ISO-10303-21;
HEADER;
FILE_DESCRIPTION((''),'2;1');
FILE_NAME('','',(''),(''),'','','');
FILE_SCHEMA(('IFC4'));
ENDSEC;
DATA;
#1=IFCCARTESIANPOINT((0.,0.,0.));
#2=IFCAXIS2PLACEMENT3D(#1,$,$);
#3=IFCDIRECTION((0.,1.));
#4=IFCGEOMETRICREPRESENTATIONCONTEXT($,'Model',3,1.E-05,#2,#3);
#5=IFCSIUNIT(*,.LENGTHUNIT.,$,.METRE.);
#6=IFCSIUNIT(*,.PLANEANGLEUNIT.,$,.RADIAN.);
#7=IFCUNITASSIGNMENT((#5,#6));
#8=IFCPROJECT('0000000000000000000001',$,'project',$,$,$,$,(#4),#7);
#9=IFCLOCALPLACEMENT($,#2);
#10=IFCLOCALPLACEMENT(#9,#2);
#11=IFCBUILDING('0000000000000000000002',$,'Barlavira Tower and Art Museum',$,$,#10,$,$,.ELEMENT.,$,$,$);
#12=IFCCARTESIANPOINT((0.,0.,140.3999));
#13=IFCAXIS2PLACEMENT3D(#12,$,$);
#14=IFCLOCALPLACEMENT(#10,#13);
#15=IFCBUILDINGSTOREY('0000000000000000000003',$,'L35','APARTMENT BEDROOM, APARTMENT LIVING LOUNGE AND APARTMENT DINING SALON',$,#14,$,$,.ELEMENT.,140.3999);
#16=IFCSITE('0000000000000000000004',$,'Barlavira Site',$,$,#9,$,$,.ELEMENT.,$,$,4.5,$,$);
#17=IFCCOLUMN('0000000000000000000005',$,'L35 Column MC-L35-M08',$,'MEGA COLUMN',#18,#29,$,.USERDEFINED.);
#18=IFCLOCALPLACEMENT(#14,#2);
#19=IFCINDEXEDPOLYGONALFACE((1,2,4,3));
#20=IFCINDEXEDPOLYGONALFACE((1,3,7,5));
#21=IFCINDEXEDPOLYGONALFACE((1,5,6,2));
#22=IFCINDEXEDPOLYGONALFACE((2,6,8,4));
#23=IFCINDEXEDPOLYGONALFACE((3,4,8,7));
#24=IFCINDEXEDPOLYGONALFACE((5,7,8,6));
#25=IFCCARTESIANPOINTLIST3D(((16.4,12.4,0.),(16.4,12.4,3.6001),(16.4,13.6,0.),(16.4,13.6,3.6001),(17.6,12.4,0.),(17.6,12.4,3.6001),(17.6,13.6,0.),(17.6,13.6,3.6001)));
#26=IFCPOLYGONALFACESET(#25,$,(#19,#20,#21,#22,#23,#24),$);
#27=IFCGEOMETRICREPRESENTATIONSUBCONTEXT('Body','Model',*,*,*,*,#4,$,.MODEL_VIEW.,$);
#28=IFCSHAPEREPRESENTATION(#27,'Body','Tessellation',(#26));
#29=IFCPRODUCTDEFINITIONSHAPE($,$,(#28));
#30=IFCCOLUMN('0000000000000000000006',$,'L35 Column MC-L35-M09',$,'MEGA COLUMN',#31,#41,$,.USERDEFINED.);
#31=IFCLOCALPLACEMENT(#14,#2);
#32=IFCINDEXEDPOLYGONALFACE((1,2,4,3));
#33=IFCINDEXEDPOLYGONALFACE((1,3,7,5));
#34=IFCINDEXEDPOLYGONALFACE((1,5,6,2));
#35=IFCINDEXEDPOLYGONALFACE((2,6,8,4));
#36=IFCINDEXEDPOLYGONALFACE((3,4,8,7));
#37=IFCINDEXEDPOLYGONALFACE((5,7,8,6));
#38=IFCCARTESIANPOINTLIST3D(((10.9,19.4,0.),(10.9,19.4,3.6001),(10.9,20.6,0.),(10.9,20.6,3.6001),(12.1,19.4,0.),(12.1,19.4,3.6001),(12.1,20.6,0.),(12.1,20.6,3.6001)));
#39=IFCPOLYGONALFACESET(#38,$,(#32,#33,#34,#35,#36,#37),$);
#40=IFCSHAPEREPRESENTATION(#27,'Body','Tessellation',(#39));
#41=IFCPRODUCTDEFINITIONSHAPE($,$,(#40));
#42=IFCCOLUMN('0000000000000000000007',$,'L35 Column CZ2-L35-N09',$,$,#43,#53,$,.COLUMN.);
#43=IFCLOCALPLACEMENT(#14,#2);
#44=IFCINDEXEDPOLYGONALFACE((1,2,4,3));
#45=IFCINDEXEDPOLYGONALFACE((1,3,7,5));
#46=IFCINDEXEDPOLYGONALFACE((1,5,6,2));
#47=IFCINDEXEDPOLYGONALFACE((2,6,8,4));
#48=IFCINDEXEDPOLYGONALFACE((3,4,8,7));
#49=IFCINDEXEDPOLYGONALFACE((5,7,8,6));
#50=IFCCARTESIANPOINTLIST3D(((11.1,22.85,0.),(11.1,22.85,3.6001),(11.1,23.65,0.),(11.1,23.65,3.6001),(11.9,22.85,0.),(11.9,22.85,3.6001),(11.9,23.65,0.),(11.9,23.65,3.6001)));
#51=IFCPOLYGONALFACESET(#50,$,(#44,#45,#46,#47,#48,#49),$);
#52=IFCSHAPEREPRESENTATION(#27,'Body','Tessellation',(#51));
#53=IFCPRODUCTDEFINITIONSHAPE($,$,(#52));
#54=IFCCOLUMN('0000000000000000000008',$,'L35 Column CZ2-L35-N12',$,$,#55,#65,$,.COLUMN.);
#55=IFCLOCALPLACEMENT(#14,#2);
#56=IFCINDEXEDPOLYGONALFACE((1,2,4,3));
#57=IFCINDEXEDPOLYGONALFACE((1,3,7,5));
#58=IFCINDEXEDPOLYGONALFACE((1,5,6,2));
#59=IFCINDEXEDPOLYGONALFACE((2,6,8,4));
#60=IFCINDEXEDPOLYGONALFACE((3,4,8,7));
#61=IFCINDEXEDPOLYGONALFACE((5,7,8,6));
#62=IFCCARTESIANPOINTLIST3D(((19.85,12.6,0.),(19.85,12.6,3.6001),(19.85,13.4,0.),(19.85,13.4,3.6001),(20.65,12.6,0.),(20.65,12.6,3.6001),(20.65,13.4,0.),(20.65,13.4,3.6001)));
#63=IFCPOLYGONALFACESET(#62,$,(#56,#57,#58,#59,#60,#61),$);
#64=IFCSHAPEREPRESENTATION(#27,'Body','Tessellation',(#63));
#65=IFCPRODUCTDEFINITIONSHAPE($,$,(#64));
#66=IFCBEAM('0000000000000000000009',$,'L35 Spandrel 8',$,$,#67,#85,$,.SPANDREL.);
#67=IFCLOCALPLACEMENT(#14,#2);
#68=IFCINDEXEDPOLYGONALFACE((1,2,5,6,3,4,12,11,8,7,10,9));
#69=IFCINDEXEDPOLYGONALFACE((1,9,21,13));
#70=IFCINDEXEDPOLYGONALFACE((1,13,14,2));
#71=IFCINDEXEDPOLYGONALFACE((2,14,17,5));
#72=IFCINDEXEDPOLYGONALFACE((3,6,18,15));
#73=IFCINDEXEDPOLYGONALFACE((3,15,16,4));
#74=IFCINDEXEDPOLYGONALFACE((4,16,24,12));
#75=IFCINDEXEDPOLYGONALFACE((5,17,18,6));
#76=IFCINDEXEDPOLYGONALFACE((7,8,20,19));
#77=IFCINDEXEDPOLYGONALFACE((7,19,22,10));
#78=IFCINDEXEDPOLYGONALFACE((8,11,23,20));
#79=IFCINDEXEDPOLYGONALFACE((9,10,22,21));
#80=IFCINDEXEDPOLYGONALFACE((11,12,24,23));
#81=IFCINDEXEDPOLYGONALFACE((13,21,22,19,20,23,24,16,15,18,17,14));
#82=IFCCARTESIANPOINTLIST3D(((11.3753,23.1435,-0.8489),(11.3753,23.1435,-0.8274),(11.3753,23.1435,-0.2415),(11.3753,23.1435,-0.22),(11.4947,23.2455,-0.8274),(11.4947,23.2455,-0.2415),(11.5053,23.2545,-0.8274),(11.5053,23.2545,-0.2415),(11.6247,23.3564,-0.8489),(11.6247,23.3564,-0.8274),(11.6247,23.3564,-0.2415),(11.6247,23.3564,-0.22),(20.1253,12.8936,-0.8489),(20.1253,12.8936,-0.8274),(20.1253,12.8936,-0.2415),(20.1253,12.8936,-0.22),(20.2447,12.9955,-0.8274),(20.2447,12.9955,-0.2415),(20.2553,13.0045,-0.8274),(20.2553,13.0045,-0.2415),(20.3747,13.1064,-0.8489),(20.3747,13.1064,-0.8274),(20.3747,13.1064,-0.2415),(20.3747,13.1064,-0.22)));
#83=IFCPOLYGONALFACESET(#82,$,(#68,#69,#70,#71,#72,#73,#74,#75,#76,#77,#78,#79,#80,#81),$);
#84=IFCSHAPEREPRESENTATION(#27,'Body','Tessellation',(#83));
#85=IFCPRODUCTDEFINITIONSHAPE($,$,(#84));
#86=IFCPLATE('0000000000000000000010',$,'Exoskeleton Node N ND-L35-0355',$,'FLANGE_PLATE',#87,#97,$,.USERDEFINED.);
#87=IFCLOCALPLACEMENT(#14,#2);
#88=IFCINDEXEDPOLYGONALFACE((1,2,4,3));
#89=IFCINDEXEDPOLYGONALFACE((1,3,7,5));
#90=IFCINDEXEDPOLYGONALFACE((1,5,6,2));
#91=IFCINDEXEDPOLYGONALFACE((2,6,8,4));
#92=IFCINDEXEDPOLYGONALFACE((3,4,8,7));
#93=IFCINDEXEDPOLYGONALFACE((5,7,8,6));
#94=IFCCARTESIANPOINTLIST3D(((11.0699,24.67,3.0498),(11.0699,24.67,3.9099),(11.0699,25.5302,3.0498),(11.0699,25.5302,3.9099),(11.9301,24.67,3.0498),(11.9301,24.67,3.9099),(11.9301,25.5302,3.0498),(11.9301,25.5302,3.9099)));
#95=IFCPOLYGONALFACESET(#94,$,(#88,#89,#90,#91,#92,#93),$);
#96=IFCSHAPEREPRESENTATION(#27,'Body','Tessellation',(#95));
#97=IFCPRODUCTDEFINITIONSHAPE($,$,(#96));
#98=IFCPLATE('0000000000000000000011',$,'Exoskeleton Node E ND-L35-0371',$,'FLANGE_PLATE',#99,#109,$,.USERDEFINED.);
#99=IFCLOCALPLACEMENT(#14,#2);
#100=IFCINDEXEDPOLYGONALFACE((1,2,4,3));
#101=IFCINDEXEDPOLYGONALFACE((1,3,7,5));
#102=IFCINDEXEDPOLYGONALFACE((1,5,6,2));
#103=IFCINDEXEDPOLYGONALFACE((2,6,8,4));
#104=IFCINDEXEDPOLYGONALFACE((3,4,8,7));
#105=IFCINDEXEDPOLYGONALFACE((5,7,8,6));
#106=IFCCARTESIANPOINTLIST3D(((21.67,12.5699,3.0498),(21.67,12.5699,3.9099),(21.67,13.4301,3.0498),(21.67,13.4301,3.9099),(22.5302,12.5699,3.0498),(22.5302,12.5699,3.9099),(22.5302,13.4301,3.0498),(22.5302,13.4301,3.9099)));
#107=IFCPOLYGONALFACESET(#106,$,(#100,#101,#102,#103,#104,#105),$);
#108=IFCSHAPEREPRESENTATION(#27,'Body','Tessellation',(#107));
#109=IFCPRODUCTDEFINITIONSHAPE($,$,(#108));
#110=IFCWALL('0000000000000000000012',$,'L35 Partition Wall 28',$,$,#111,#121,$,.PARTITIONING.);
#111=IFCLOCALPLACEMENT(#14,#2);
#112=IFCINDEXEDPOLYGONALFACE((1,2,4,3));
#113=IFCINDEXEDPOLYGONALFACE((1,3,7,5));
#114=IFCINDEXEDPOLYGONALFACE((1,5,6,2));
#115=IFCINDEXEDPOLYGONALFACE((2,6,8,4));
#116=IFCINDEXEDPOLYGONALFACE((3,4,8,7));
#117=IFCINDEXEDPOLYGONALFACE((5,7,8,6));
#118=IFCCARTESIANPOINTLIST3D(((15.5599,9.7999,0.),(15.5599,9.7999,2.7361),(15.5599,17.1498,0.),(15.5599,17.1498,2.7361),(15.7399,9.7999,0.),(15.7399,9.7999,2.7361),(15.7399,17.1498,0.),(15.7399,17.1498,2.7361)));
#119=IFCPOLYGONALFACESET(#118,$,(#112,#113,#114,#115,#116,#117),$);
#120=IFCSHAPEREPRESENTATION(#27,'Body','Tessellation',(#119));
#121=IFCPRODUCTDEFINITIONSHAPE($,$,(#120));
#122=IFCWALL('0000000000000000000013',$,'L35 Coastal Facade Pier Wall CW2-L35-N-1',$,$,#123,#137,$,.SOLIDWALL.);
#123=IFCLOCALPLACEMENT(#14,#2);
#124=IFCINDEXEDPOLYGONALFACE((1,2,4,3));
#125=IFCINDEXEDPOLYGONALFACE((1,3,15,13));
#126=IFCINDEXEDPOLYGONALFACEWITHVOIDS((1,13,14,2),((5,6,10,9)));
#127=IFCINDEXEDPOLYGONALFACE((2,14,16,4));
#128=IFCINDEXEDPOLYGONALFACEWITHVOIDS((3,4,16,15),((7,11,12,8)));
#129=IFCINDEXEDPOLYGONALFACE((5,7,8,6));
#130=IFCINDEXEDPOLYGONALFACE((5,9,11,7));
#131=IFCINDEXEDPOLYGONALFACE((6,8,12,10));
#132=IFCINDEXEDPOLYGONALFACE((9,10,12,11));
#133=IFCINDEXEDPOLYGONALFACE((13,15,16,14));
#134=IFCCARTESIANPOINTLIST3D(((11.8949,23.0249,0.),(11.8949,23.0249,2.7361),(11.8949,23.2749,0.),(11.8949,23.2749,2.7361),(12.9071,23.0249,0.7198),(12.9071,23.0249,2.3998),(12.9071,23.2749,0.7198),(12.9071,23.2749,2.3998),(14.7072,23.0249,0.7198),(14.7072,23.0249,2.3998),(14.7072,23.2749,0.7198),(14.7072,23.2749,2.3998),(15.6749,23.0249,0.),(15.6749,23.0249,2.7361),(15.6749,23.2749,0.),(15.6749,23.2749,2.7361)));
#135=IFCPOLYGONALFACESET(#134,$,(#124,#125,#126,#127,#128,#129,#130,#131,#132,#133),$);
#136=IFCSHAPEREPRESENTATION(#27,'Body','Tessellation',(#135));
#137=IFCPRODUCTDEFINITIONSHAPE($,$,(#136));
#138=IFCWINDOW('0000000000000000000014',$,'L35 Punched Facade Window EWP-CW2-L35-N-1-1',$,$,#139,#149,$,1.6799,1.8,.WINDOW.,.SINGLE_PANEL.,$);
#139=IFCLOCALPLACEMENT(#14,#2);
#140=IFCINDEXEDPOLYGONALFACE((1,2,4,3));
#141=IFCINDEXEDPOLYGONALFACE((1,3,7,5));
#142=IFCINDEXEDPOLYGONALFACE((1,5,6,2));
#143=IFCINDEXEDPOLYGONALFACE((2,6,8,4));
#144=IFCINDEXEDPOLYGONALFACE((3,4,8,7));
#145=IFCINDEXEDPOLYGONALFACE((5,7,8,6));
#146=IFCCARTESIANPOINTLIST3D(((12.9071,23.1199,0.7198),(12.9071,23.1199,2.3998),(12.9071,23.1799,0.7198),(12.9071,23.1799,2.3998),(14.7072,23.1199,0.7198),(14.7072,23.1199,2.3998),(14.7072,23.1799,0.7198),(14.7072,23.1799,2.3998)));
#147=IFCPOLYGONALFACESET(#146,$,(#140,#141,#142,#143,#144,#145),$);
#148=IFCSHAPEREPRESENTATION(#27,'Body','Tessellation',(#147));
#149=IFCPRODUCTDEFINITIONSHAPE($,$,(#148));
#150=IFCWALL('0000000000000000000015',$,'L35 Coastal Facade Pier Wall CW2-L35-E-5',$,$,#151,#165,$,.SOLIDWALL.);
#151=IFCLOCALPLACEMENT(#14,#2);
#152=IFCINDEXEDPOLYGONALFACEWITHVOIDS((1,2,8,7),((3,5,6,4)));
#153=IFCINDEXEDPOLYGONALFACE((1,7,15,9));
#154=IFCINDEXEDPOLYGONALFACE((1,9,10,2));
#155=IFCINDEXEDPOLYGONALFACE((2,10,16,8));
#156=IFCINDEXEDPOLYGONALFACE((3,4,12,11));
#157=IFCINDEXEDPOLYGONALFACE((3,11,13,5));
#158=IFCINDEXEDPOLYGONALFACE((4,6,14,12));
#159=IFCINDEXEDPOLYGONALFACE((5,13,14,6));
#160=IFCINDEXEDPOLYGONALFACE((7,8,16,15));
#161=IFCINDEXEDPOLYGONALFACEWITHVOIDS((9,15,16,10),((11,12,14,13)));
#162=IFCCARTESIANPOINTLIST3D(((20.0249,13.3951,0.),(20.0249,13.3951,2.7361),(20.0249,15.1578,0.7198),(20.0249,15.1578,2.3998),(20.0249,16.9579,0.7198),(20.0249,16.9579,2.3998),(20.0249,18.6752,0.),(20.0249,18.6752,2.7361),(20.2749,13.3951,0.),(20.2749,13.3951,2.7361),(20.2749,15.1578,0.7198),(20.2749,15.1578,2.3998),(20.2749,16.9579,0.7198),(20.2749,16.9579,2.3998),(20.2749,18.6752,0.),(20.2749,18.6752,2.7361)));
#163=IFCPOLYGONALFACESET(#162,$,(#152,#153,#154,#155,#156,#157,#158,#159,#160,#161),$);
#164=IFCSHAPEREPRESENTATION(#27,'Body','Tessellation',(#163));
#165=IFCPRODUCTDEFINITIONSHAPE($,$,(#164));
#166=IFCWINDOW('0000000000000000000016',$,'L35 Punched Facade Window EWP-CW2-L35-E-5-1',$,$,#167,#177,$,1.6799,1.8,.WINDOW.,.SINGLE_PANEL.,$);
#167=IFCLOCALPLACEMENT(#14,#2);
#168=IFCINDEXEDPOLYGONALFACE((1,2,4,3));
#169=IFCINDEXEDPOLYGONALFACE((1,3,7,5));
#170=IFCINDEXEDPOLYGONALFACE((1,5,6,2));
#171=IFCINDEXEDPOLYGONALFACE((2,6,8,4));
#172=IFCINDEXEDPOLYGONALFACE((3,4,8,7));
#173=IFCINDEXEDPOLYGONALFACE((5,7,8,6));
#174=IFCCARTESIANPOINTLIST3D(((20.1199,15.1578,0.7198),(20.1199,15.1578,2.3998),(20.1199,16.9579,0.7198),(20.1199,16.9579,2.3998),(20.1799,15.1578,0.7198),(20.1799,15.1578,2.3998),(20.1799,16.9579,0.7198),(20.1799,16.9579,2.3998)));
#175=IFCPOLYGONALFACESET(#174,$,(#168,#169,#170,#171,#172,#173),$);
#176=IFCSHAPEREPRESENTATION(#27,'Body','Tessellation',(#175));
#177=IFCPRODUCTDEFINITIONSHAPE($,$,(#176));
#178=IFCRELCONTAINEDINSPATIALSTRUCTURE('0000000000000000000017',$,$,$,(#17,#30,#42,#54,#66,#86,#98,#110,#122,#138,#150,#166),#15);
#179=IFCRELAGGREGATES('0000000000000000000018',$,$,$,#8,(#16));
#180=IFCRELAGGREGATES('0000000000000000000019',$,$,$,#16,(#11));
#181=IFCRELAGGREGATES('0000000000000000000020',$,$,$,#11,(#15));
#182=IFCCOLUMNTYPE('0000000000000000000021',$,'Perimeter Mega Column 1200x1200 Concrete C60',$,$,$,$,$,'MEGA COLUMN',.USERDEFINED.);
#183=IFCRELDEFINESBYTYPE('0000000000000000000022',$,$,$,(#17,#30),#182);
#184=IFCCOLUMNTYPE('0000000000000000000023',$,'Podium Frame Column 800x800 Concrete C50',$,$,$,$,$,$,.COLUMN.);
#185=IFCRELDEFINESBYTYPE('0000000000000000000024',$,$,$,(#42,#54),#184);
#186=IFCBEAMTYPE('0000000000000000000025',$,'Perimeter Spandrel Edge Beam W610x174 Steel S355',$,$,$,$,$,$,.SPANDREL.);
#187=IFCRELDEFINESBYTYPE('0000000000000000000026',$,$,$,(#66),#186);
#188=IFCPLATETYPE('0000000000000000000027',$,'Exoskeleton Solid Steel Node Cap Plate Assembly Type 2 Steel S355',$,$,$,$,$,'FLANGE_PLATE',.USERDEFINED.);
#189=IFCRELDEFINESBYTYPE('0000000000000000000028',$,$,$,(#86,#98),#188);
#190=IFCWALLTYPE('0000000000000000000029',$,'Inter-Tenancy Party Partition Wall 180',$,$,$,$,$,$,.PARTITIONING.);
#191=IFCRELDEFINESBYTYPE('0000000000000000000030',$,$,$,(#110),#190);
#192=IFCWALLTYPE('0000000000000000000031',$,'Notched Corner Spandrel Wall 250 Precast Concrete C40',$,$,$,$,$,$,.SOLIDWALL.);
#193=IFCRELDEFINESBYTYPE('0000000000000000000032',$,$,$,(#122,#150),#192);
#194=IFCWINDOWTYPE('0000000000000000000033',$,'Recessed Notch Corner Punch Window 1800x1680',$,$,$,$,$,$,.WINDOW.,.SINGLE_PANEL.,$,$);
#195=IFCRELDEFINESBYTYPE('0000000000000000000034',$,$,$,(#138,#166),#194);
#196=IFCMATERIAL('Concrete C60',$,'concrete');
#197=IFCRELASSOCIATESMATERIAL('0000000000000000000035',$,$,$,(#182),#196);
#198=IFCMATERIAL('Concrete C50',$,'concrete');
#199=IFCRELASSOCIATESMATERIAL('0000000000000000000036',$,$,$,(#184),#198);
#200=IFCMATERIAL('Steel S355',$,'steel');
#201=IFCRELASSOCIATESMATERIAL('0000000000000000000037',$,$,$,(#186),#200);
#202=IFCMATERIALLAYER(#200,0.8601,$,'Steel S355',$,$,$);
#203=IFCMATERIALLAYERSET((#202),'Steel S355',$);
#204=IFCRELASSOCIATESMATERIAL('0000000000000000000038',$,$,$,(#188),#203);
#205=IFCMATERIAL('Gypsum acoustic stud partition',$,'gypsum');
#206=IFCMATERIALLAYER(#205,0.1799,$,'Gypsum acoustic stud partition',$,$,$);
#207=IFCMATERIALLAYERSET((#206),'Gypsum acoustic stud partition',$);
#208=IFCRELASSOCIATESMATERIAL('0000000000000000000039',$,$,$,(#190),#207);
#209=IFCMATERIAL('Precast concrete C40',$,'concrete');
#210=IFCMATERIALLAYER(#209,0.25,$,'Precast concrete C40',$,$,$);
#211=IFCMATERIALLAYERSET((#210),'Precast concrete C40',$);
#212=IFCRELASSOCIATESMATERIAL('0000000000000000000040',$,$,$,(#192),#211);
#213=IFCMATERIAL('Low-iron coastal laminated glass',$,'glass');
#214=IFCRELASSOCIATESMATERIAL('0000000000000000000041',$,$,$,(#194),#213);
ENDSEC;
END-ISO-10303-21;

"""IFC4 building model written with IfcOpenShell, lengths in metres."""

from ifc_helpers import new_model, si_unit, direction, frame, frame_2d, origin, origin_2d, place, context, subcontext, project, spatial, rectangle, i_section, extrude, material, layer, layer_set, material_profile, profile_set, type_object, element, fill, save


model = new_model("IFC4")

# Units and contexts
model_context = context("Model", 3, precision=1e-05, world=origin(), true_north=direction((0.0, 1.0)))
body_context = subcontext(model_context, "Body", "Model", "MODEL_VIEW")
ifc_project = project(units=[si_unit("LENGTHUNIT", "METRE"), si_unit("PLANEANGLEUNIT", "RADIAN")], contexts=[model_context])

# Site, building, storey
site_placement = place(None, origin())
site = spatial("IfcSite", under=ifc_project, at=site_placement, Name="Barlavira Site", CompositionType="ELEMENT", RefElevation=4.5)
building_placement = place(site_placement, origin())
building = spatial("IfcBuilding", under=site, at=building_placement, Name="Barlavira Tower and Art Museum", CompositionType="ELEMENT")
storey_placement = place(building_placement, frame((0.0, 0.0, 140.3999)))
storey = spatial("IfcBuildingStorey", under=building, at=storey_placement, Name="L35", Description="APARTMENT BEDROOM, APARTMENT LIVING LOUNGE AND APARTMENT DINING SALON", CompositionType="ELEMENT", Elevation=140.3999)

# Columns
ifc_material_1 = material(Name="Concrete C60", Category="concrete")
ifc_material_profile_1 = material_profile(ifc_material_1, rectangle(XDim=1.2, YDim=1.2, at=origin_2d()), Name="RC-COL 1200x1200")
ifc_profile_set_1 = profile_set([ifc_material_profile_1], Name="Concrete C60")
column_type_1 = type_object("IfcColumnType", Name="Perimeter Mega Column 1200x1200 Concrete C60", ElementType="MEGA COLUMN", PredefinedType="USERDEFINED", material=ifc_profile_set_1)
for number, where, z_axis, x_axis, name in (
    (1, (17.0, 13.0, 0.0), (0.0, 0.0, 1.0), (1.0, 0.0, 0.0), "L35 Column MC-L35-M08"),
    (2, (11.5, 20.0, 0.0), (0.0, 0.0, 1.0), (1.0, 0.0, 0.0), "L35 Column MC-L35-M09"),
):
    element("IfcColumn", number, at=place(storey_placement, frame(where, z_axis=z_axis, x_axis=x_axis)), inside=storey, type_object=column_type_1, Name=name, ObjectType="MEGA COLUMN", PredefinedType="USERDEFINED", context=body_context, shape_type="SweptSolid", body=[
        extrude(rectangle(XDim=1.2, YDim=1.2, at=origin_2d()), origin(), (0.0, 0.0, 1.0), 3.6001),
    ])
ifc_material_2 = material(Name="Concrete C50", Category="concrete")
ifc_material_profile_2 = material_profile(ifc_material_2, rectangle(XDim=0.8, YDim=0.8, at=origin_2d()), Name="RC-COL 800x800")
ifc_profile_set_2 = profile_set([ifc_material_profile_2], Name="Concrete C50")
column_type_2 = type_object("IfcColumnType", Name="Podium Frame Column 800x800 Concrete C50", PredefinedType="COLUMN", material=ifc_profile_set_2)
for number, where, z_axis, x_axis, name in (
    (3, (11.5, 23.25, 0.0), (0.0, 0.0, 1.0), (1.0, 0.0, 0.0), "L35 Column CZ2-L35-N09"),
    (4, (20.25, 13.0, 0.0), (0.0, 0.0, 1.0), (1.0, 0.0, 0.0), "L35 Column CZ2-L35-N12"),
):
    element("IfcColumn", number, at=place(storey_placement, frame(where, z_axis=z_axis, x_axis=x_axis)), inside=storey, type_object=column_type_2, Name=name, PredefinedType="COLUMN", context=body_context, shape_type="SweptSolid", body=[
        extrude(rectangle(XDim=0.8, YDim=0.8, at=origin_2d()), origin(), (0.0, 0.0, 1.0), 3.6001),
    ])

# Beam
ifc_material_3 = material(Name="Steel S355", Category="steel")
ifc_material_profile_3 = material_profile(ifc_material_3, i_section(OverallWidth=0.3279, OverallDepth=0.6289, WebThickness=0.0139, FlangeThickness=0.0215, at=origin_2d()), Name="W610x174.0")
ifc_profile_set_3 = profile_set([ifc_material_profile_3], Name="Steel S355")
beam_type = type_object("IfcBeamType", Name="Perimeter Spandrel Edge Beam W610x174 Steel S355", PredefinedType="SPANDREL", material=ifc_profile_set_3)
beam_placement = place(storey_placement, frame((20.25, 13.0, -0.5344), z_axis=(-0.649262, 0.760565, 0.0), x_axis=(-0.760565, -0.649262, 0.0)))
element("IfcBeam", 5, at=beam_placement, inside=storey, type_object=beam_type, Name="L35 Spandrel 8", PredefinedType="SPANDREL", context=body_context, shape_type="SweptSolid", body=[
    extrude(i_section(OverallWidth=0.3279, OverallDepth=0.6289, WebThickness=0.0139, FlangeThickness=0.0215, at=origin_2d()), origin(), (0.0, 0.0, 1.0), 13.4768),
])

# Plates
ifc_layer_1 = layer(ifc_material_3, 0.8601, Name="Steel S355")
ifc_layer_set_1 = layer_set([ifc_layer_1], Name="Steel S355")
plate_type = type_object("IfcPlateType", Name="Exoskeleton Solid Steel Node Cap Plate Assembly Type 2 Steel S355", ElementType="FLANGE_PLATE", PredefinedType="USERDEFINED", material=ifc_layer_set_1)
for number, where, z_axis, x_axis, name in (
    (6, (11.5, 25.1001, 3.0498), (0.0, 0.0, 1.0), (1.0, 0.0, 0.0), "Exoskeleton Node N ND-L35-0355"),
    (7, (22.1001, 13.0, 3.0498), (0.0, 0.0, 1.0), (1.0, 0.0, 0.0), "Exoskeleton Node E ND-L35-0371"),
):
    element("IfcPlate", number, at=place(storey_placement, frame(where, z_axis=z_axis, x_axis=x_axis)), inside=storey, type_object=plate_type, Name=name, ObjectType="FLANGE_PLATE", PredefinedType="USERDEFINED", context=body_context, shape_type="SweptSolid", body=[
        extrude(rectangle(XDim=0.8601, YDim=0.8601, at=origin_2d()), origin(), (0.0, 0.0, 1.0), 0.8601),
    ])

# Wall
ifc_material_4 = material(Name="Gypsum acoustic stud partition", Category="gypsum")
ifc_layer_2 = layer(ifc_material_4, 0.1799, Name="Gypsum acoustic stud partition")
ifc_layer_set_2 = layer_set([ifc_layer_2], Name="Gypsum acoustic stud partition")
wall_type_1 = type_object("IfcWallType", Name="Inter-Tenancy Party Partition Wall 180", PredefinedType="PARTITIONING", material=ifc_layer_set_2)
wall_1_placement = place(storey_placement, frame((15.6499, 9.8, 0.0), z_axis=(0.0, 0.0, 1.0), x_axis=(0.0, 1.0, 0.0)))
element("IfcWall", 8, at=wall_1_placement, inside=storey, type_object=wall_type_1, Name="L35 Partition Wall 28", PredefinedType="PARTITIONING", context=body_context, shape_type="SweptSolid", body=[
    extrude(rectangle(XDim=7.3499, YDim=0.1799, at=frame_2d((3.6748, 0.0))), origin(), (0.0, 0.0, 1.0), 2.7361),
])

# Walls, openings, windows
ifc_material_5 = material(Name="Precast concrete C40", Category="concrete")
ifc_layer_3 = layer(ifc_material_5, 0.25, Name="Precast concrete C40")
ifc_layer_set_3 = layer_set([ifc_layer_3], Name="Precast concrete C40")
wall_type_2 = type_object("IfcWallType", Name="Notched Corner Spandrel Wall 250 Precast Concrete C40", PredefinedType="SOLIDWALL", material=ifc_layer_set_3)
wall_2_placement = place(storey_placement, frame((15.675, 23.1499, 0.0), z_axis=(0.0, 0.0, 1.0), x_axis=(-1.0, 0.0, 0.0)))
wall_2 = element("IfcWall", 9, at=wall_2_placement, inside=storey, type_object=wall_type_2, Name="L35 Coastal Facade Pier Wall CW2-L35-N-1", PredefinedType="SOLIDWALL", context=body_context, shape_type="SweptSolid", body=[
    extrude(rectangle(XDim=3.78, YDim=0.25, at=frame_2d((1.8901, 0.0))), origin(), (0.0, 0.0, 1.0), 2.7361),
])
opening_1_placement = place(wall_2_placement, frame((0.968, 0.0, 0.72)))
opening_1 = element("IfcOpeningElement", 10, at=opening_1_placement, cuts=wall_2, PredefinedType="OPENING", context=body_context, shape_type="SweptSolid", body=[
    extrude(rectangle(XDim=1.8, YDim=1.6799, at=frame_2d((0.8999, 0.8398))), frame((0.0, 0.135, 0.0), z_axis=(0.0, -1.0, 0.0), x_axis=(1.0, 0.0, 0.0)), (0.0, 0.0, 1.0), 0.27),
])
ifc_material_6 = material(Name="Low-iron coastal laminated glass", Category="glass")
window_type = type_object("IfcWindowType", Name="Recessed Notch Corner Punch Window 1800x1680", PartitioningType="SINGLE_PANEL", PredefinedType="WINDOW", material=ifc_material_6)
window_1_placement = place(opening_1_placement, origin())
window_1 = element("IfcWindow", 11, at=window_1_placement, inside=storey, type_object=window_type, Name="L35 Punched Facade Window EWP-CW2-L35-N-1-1", OverallHeight=1.6799, OverallWidth=1.8, PartitioningType="SINGLE_PANEL", PredefinedType="WINDOW", context=body_context, shape_type="SweptSolid", body=[
    extrude(rectangle(XDim=1.8, YDim=1.6799, at=frame_2d((0.8999, 0.8398))), frame((0.0, 0.03, 0.0), z_axis=(0.0, -1.0, 0.0), x_axis=(1.0, 0.0, 0.0)), (0.0, 0.0, 1.0), 0.0601),
])
fill(opening_1, window_1)
wall_3_placement = place(storey_placement, frame((20.1499, 13.395, 0.0), z_axis=(0.0, 0.0, 1.0), x_axis=(0.0, 1.0, 0.0)))
wall_3 = element("IfcWall", 12, at=wall_3_placement, inside=storey, type_object=wall_type_2, Name="L35 Coastal Facade Pier Wall CW2-L35-E-5", PredefinedType="SOLIDWALL", context=body_context, shape_type="SweptSolid", body=[
    extrude(rectangle(XDim=5.28, YDim=0.25, at=frame_2d((2.6401, 0.0))), origin(), (0.0, 0.0, 1.0), 2.7361),
])
opening_2_placement = place(wall_3_placement, frame((1.7629, 0.0, 0.72)))
opening_2 = element("IfcOpeningElement", 13, at=opening_2_placement, cuts=wall_3, PredefinedType="OPENING", context=body_context, shape_type="SweptSolid", body=[
    extrude(rectangle(XDim=1.8, YDim=1.6799, at=frame_2d((0.8999, 0.8398))), frame((0.0, 0.135, 0.0), z_axis=(0.0, -1.0, 0.0), x_axis=(1.0, 0.0, 0.0)), (0.0, 0.0, 1.0), 0.27),
])
window_2_placement = place(opening_2_placement, origin())
window_2 = element("IfcWindow", 14, at=window_2_placement, inside=storey, type_object=window_type, Name="L35 Punched Facade Window EWP-CW2-L35-E-5-1", OverallHeight=1.6799, OverallWidth=1.8, PartitioningType="SINGLE_PANEL", PredefinedType="WINDOW", context=body_context, shape_type="SweptSolid", body=[
    extrude(rectangle(XDim=1.8, YDim=1.6799, at=frame_2d((0.8999, 0.8398))), frame((0.0, 0.03, 0.0), z_axis=(0.0, -1.0, 0.0), x_axis=(1.0, 0.0, 0.0)), (0.0, 0.0, 1.0), 0.0601),
])
fill(opening_2, window_2)

save(model, "model.ifc")
